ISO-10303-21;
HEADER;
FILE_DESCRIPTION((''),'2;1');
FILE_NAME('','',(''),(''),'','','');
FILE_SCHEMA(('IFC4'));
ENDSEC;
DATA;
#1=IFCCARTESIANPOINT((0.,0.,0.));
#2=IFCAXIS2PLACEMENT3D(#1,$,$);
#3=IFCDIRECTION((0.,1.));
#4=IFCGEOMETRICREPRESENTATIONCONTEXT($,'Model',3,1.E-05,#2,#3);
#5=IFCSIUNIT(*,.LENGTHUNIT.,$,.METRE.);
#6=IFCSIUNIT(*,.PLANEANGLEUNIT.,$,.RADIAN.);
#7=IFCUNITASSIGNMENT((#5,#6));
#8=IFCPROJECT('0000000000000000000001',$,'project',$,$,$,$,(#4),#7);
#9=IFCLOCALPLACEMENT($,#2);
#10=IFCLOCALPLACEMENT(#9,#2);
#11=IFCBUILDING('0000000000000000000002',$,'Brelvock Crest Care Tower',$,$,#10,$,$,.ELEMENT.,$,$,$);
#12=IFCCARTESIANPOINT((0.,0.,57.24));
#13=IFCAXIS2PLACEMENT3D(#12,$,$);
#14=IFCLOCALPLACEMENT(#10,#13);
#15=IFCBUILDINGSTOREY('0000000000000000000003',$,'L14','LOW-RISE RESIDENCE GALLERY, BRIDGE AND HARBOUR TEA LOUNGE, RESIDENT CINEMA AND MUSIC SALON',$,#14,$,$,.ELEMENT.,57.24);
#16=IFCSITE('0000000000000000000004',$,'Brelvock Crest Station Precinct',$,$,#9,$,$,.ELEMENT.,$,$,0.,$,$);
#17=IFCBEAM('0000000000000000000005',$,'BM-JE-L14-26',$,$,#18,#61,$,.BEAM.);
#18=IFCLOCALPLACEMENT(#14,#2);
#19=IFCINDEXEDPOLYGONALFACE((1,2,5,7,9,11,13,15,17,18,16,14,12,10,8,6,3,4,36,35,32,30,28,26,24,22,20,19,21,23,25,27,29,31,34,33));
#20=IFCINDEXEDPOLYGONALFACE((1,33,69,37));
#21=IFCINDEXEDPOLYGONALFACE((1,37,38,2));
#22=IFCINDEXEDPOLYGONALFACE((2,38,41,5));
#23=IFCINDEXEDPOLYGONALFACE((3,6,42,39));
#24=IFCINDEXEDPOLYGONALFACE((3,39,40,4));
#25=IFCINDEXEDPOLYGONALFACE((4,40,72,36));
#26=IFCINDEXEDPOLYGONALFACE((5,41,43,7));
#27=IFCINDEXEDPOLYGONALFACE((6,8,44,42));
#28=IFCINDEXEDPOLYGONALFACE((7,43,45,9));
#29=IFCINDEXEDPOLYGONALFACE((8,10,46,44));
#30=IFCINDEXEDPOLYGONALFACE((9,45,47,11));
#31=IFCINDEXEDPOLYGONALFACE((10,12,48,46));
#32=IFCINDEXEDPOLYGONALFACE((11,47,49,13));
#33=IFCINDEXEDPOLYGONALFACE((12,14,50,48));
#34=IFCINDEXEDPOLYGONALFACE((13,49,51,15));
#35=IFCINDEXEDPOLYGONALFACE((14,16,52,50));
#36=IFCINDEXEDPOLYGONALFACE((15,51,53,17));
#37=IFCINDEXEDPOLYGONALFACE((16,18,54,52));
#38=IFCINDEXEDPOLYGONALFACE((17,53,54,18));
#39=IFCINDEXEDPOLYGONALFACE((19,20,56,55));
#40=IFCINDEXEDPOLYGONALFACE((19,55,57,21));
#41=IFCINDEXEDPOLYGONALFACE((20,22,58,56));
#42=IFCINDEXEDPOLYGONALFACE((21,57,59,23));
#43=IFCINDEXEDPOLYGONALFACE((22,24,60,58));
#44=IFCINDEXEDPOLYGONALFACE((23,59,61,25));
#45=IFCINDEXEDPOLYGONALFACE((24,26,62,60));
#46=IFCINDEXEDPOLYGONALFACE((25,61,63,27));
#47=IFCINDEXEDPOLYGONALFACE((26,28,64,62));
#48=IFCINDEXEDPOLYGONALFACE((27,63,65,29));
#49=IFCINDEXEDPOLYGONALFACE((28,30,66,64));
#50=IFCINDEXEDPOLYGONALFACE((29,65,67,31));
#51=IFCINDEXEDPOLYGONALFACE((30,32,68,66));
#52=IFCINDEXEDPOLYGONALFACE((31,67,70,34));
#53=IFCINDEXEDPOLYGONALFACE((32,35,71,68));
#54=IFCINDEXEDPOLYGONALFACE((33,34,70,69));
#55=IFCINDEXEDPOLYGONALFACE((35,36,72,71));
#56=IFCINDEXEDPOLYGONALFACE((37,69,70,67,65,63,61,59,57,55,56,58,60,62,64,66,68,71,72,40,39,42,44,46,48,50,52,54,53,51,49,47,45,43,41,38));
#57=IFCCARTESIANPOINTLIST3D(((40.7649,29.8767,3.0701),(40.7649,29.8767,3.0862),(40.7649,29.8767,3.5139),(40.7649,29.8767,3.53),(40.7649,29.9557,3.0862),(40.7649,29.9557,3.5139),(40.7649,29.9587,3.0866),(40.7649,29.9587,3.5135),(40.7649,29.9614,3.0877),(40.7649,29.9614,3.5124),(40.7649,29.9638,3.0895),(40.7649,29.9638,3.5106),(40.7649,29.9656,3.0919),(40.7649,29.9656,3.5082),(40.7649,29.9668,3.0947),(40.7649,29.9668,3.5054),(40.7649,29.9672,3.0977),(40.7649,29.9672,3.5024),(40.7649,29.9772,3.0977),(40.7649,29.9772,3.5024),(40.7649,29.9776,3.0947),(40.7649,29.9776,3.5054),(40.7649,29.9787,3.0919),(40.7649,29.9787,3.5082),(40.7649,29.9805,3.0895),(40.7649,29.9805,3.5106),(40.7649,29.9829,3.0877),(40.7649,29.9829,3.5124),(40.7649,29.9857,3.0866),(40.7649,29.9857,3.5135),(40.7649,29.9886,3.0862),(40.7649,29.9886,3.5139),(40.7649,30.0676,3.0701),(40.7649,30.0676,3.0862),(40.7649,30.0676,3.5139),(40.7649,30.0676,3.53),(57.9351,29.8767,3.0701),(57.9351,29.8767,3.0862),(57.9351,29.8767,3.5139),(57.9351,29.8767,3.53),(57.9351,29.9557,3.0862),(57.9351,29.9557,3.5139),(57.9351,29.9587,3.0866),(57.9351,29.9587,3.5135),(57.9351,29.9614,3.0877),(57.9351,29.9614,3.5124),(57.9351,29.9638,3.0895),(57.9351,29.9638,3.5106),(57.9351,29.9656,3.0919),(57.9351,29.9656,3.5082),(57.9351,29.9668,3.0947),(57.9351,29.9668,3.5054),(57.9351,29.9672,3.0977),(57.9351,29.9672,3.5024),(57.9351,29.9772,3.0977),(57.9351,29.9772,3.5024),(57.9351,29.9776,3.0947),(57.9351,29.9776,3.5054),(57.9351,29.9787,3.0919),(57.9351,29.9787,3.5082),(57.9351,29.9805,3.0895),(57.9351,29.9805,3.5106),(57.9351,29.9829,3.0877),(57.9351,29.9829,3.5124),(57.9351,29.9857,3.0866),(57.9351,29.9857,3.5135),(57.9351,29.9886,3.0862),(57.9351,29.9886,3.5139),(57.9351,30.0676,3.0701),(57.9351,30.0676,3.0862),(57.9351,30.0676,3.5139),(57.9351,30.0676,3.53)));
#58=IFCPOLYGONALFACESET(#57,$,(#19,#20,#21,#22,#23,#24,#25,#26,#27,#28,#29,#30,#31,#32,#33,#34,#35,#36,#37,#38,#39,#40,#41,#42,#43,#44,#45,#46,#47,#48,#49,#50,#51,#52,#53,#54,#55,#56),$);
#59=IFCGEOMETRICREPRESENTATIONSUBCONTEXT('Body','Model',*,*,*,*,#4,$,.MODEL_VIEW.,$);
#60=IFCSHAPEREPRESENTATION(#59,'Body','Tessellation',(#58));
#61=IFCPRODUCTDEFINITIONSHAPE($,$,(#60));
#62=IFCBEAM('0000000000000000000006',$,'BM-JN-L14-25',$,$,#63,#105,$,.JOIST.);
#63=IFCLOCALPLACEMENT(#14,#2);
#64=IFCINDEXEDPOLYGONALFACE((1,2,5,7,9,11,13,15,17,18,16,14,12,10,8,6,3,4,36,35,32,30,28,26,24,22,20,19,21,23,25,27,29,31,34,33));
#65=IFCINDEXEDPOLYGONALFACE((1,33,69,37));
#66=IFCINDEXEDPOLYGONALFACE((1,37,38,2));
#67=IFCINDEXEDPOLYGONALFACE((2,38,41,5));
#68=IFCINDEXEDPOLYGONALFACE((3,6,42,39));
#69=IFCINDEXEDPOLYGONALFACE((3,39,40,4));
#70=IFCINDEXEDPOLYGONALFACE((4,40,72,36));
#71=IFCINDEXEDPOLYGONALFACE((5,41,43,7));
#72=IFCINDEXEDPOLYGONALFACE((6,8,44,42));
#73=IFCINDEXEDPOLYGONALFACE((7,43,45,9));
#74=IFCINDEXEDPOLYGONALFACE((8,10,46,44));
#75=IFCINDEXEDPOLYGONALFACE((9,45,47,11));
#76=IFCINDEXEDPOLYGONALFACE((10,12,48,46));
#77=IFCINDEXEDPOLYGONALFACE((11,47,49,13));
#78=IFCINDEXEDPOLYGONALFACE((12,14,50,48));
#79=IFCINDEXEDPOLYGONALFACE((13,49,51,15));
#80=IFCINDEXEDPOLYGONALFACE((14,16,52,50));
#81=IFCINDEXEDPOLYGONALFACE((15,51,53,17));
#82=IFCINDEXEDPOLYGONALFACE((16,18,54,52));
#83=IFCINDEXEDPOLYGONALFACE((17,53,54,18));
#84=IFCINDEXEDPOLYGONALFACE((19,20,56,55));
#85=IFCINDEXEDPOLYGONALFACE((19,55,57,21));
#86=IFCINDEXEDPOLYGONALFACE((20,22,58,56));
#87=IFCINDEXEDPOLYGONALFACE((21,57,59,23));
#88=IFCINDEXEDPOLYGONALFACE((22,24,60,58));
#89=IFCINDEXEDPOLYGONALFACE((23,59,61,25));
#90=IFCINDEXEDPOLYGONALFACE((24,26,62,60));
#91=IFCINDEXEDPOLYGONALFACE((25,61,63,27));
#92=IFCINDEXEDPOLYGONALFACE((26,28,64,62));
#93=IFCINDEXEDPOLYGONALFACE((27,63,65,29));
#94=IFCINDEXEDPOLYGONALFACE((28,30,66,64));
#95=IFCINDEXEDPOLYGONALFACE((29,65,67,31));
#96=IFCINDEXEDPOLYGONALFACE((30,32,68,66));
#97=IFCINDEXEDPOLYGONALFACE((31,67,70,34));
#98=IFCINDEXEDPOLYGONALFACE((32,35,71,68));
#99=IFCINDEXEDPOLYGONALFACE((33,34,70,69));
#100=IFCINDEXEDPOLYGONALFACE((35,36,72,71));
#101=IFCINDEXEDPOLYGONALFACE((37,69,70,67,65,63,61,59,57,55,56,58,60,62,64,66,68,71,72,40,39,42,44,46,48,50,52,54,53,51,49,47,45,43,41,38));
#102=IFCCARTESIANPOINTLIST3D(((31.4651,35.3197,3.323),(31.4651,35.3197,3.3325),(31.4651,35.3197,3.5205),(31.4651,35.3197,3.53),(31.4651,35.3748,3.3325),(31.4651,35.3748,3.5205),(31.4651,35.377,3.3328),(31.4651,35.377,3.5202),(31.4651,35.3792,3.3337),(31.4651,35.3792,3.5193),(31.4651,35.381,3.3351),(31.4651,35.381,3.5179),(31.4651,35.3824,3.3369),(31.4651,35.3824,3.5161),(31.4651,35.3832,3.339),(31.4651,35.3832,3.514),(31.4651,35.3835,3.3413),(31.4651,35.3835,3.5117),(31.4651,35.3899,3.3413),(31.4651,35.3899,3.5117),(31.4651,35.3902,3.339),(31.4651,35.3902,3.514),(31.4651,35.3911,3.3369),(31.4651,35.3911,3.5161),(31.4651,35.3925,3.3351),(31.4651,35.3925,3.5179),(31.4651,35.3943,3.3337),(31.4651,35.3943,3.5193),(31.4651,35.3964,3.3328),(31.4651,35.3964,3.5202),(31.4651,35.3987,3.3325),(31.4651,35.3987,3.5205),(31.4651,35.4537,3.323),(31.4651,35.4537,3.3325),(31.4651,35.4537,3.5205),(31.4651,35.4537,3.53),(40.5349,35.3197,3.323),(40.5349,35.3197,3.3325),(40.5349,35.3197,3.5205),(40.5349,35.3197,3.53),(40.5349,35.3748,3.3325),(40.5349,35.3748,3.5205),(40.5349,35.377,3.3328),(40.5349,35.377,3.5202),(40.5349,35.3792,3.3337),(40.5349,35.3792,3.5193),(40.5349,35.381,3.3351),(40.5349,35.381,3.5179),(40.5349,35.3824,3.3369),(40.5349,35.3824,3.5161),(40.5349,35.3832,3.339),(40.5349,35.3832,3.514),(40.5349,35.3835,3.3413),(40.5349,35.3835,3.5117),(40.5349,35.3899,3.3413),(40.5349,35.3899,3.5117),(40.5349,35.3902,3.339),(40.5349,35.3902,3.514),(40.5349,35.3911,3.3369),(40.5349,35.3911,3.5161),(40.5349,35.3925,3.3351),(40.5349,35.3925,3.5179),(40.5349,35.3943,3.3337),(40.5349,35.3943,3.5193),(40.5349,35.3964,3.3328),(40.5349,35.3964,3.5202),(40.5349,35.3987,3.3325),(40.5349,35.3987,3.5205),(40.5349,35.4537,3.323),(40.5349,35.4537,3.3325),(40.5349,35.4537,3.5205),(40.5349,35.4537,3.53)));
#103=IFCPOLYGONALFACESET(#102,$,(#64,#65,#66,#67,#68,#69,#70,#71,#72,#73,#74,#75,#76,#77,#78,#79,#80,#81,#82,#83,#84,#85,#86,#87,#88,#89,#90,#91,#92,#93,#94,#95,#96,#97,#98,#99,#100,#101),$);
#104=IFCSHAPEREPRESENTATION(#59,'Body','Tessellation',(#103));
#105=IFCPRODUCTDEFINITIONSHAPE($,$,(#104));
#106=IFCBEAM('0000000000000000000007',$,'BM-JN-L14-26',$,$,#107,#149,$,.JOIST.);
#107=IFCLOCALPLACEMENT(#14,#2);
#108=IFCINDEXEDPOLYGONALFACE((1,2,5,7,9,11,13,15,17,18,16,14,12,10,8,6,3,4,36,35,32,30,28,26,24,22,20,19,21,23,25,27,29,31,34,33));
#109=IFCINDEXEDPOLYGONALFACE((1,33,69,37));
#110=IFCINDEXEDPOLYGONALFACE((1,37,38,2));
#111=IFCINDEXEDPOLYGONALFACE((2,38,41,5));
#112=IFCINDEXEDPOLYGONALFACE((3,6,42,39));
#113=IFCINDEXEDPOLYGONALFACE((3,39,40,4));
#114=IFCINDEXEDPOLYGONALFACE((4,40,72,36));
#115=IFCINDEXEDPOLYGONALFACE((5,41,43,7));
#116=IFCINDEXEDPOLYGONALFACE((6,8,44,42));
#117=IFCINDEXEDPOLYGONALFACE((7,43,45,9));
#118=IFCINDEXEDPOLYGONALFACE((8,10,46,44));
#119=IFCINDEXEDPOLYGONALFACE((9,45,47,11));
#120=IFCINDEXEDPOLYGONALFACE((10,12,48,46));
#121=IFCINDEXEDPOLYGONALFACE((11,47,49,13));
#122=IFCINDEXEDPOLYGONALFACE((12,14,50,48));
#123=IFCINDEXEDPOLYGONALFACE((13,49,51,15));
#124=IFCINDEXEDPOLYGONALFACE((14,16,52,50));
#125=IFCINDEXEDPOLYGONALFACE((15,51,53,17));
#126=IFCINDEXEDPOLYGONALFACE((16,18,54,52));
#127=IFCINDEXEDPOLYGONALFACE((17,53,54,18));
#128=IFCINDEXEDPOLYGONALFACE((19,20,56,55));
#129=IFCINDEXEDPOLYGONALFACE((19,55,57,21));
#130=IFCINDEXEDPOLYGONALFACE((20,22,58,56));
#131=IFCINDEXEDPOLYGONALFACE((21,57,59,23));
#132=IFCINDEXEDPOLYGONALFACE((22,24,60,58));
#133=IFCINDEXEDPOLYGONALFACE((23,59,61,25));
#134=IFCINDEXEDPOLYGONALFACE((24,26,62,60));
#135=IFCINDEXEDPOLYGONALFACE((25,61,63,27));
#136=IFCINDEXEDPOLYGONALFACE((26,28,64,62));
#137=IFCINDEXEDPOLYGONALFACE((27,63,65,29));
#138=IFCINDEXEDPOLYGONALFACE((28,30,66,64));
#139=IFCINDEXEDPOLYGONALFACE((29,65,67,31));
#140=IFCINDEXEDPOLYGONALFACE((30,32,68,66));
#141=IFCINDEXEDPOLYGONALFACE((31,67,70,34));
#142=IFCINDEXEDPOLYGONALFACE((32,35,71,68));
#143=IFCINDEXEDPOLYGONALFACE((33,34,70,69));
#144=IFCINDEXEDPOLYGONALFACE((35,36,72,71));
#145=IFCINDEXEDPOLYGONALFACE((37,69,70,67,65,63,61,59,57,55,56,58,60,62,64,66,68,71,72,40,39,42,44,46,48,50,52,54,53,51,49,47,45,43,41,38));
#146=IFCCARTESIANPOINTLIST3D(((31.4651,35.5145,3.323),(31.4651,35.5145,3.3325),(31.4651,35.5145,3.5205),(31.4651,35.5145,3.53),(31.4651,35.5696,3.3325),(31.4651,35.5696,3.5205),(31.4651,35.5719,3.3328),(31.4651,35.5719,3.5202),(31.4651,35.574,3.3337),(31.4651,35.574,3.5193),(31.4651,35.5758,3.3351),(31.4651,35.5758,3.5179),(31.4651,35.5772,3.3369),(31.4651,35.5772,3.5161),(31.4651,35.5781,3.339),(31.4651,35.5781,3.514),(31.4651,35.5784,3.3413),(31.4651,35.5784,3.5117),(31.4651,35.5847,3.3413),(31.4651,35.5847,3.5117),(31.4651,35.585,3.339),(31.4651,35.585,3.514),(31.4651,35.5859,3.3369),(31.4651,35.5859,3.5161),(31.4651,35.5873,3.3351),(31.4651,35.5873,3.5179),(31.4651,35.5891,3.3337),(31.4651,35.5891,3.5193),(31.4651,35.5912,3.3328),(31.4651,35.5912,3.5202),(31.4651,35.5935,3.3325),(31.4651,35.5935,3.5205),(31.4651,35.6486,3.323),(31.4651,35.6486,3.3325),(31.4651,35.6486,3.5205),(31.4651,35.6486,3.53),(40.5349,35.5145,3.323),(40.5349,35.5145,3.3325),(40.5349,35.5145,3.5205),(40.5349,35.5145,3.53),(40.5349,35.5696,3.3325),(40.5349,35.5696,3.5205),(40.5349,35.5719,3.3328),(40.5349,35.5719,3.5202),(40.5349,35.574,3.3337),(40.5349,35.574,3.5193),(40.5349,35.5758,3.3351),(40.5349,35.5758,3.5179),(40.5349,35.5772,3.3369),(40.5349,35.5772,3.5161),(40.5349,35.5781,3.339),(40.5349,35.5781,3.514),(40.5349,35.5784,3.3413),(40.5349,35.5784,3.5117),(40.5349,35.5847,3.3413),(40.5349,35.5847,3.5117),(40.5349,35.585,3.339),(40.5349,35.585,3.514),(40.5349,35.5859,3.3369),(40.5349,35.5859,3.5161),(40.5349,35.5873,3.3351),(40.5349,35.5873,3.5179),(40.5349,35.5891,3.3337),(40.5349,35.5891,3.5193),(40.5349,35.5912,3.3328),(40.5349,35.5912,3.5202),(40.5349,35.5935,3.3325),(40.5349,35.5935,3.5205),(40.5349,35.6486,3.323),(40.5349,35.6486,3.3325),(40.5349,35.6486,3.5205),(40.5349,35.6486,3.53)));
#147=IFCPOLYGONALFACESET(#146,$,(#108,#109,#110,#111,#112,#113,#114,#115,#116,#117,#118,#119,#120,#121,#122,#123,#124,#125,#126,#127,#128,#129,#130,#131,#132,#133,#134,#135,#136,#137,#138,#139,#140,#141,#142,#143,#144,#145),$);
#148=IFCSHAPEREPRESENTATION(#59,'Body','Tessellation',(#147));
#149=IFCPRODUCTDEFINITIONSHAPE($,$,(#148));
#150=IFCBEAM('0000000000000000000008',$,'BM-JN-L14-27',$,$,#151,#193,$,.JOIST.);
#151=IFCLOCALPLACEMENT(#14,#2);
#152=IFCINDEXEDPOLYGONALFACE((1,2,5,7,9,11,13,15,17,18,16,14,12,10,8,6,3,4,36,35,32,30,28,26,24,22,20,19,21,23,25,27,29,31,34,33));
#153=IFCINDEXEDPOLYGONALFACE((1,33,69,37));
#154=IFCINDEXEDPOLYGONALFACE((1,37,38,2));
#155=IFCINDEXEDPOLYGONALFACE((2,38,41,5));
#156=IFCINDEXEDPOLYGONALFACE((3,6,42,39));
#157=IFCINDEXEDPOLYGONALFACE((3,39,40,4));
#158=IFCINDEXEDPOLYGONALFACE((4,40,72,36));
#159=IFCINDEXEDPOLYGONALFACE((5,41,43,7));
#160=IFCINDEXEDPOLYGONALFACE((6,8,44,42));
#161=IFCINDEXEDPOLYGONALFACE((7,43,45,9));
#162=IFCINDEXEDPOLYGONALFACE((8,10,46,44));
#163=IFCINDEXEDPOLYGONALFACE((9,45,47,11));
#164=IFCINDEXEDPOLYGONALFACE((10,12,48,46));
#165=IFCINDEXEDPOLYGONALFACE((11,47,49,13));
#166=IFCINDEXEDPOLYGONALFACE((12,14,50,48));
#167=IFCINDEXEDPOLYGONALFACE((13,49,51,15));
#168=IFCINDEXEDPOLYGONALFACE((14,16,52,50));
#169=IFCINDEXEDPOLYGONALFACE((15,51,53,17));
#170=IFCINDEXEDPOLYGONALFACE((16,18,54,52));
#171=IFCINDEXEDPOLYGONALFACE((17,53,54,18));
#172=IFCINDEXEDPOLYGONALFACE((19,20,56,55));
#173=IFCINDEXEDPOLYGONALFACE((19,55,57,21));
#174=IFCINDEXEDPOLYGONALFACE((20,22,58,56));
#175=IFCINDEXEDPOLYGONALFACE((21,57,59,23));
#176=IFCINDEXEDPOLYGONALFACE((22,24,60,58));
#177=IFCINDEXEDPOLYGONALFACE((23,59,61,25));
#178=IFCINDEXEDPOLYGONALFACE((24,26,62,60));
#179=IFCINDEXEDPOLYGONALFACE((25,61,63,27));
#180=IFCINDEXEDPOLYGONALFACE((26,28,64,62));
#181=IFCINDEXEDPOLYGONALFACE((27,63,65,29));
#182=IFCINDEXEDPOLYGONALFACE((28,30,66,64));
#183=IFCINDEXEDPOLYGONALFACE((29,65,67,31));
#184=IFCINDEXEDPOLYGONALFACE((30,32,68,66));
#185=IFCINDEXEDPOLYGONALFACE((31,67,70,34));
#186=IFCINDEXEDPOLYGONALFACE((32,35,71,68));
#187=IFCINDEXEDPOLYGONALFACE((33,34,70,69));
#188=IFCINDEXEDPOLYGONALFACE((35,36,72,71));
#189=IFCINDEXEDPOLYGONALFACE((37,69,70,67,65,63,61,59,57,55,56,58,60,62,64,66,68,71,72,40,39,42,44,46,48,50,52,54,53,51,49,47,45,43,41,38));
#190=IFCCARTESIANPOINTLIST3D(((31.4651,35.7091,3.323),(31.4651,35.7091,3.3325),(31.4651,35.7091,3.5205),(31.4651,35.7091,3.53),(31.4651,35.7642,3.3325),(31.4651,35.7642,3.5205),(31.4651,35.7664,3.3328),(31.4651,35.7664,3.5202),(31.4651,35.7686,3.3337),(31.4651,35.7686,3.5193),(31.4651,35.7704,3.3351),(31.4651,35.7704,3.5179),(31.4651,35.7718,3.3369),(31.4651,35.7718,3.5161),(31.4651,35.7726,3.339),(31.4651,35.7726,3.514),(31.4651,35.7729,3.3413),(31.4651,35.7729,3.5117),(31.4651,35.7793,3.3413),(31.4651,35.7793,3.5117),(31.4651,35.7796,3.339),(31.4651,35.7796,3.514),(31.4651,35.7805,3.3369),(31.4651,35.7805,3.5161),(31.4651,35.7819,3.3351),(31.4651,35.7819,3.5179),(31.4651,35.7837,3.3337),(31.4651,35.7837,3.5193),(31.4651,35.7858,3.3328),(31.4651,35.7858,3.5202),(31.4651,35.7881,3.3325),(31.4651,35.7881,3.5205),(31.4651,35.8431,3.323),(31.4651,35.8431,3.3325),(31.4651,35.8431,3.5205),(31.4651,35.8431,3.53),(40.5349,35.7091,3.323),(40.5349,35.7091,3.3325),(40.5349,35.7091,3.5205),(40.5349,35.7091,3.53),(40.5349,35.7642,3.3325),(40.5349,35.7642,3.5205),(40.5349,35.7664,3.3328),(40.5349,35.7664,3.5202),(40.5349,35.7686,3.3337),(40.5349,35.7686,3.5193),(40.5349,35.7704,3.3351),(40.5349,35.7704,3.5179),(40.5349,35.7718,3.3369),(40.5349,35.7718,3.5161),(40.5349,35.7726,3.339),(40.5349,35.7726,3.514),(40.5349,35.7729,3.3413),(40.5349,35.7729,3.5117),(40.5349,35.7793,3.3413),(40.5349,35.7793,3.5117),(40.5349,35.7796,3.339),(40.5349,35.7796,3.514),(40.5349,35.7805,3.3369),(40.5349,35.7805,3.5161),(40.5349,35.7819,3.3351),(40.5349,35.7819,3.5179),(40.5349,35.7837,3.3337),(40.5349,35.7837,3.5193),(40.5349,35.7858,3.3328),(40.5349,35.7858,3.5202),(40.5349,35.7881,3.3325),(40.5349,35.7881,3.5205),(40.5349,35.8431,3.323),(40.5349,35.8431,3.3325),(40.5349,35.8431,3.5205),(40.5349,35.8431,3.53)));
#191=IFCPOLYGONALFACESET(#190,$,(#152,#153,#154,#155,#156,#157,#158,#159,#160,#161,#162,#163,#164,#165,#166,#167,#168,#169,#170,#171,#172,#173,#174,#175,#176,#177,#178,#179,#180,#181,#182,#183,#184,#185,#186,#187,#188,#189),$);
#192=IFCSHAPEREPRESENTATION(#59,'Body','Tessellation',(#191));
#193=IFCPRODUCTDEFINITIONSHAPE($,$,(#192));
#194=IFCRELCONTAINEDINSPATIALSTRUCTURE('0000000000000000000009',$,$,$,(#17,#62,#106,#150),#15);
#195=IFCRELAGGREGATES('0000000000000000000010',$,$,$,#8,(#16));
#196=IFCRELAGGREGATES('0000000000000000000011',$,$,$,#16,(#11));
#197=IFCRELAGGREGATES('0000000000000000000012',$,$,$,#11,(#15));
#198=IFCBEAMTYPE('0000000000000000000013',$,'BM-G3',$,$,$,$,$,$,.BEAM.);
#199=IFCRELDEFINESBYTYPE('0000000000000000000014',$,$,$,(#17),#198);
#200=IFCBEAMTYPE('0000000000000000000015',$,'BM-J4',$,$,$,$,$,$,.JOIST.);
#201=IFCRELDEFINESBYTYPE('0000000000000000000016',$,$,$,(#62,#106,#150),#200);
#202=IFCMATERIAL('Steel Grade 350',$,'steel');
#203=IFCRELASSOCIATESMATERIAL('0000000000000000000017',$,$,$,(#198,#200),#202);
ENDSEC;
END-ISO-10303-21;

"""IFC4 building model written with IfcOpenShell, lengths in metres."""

from ifc_helpers import new_model, si_unit, direction, frame, origin, origin_2d, place, context, subcontext, project, spatial, i_section, extrude, source, transform, mapped, material, material_profile, profile_set, type_object, element, save


model = new_model("IFC4")

# Units and contexts
model_context = context("Model", 3, precision=1e-05, world=origin(), true_north=direction((0.0, 1.0)))
body_context = subcontext(model_context, "Body", "Model", "MODEL_VIEW")
ifc_project = project(units=[si_unit("LENGTHUNIT", "METRE"), si_unit("PLANEANGLEUNIT", "RADIAN")], contexts=[model_context])

# Site, building, storey
site_placement = place(None, origin())
site = spatial("IfcSite", under=ifc_project, at=site_placement, Name="Brelvock Crest Station Precinct", CompositionType="ELEMENT", RefElevation=0.0)
building_placement = place(site_placement, origin())
building = spatial("IfcBuilding", under=site, at=building_placement, Name="Brelvock Crest Care Tower", CompositionType="ELEMENT")
storey_placement = place(building_placement, frame((0.0, 0.0, 57.24)))
storey = spatial("IfcBuildingStorey", under=building, at=storey_placement, Name="L14", Description="LOW-RISE RESIDENCE GALLERY, BRIDGE AND HARBOUR TEA LOUNGE, RESIDENT CINEMA AND MUSIC SALON", CompositionType="ELEMENT", Elevation=57.24)

# Beams
ifc_material_1 = material(Name="Steel Grade 350", Category="steel")
ifc_material_profile_1 = material_profile(ifc_material_1, i_section(OverallWidth=0.1909, OverallDepth=0.46, WebThickness=0.01, FlangeThickness=0.0161, FilletRadius=0.0115, at=origin_2d()), Name="460UB82.1")
ifc_profile_set_1 = profile_set([ifc_material_profile_1], Name="Steel Grade 350")
beam_type_1 = type_object("IfcBeamType", Name="BM-G3", PredefinedType="BEAM", material=ifc_profile_set_1)
shared_shape_1 = source(origin(), body_context, "Body", "SweptSolid", [
    extrude(i_section(OverallWidth=0.1909, OverallDepth=0.46, WebThickness=0.01, FlangeThickness=0.0161, FilletRadius=0.0115, at=origin_2d()), origin(), (0.0, 0.0, 1.0), 17.1702),
])
for number, where, z_axis, x_axis, name in (
    (1, (40.7649, 29.9722, 3.3), (1.0, 0.0, 0.0), (0.0, 1.0, 0.0), "BM-JE-L14-26"),
):
    element("IfcBeam", number, at=place(storey_placement, frame(where, z_axis=z_axis, x_axis=x_axis)), inside=storey, type_object=beam_type_1, Name=name, PredefinedType="BEAM", context=body_context, shape_type="MappedRepresentation", body=[
        mapped(shared_shape_1, transform((0.0, 0.0, 0.0), x_axis=(1.0, 0.0, 0.0), y_axis=(0.0, 1.0, 0.0), z_axis=(0.0, 0.0, 1.0), scale=1.0)),
    ])
ifc_material_profile_2 = material_profile(ifc_material_1, i_section(OverallWidth=0.134, OverallDepth=0.207, WebThickness=0.0063, FlangeThickness=0.0095, FilletRadius=0.0088, at=origin_2d()), Name="200UB29.8")
ifc_profile_set_2 = profile_set([ifc_material_profile_2], Name="Steel Grade 350")
beam_type_2 = type_object("IfcBeamType", Name="BM-J4", PredefinedType="JOIST", material=ifc_profile_set_2)
shared_shape_2 = source(origin(), body_context, "Body", "SweptSolid", [
    extrude(i_section(OverallWidth=0.134, OverallDepth=0.207, WebThickness=0.0063, FlangeThickness=0.0095, FilletRadius=0.0088, at=origin_2d()), origin(), (0.0, 0.0, 1.0), 9.0698),
])
for number, where, z_axis, x_axis, name in (
    (2, (31.4651, 35.3867, 3.4265), (1.0, 0.0, 0.0), (0.0, 1.0, 0.0), "BM-JN-L14-25"),
    (3, (31.4651, 35.5815, 3.4265), (1.0, 0.0, 0.0), (0.0, 1.0, 0.0), "BM-JN-L14-26"),
    (4, (31.4651, 35.7761, 3.4265), (1.0, 0.0, 0.0), (0.0, 1.0, 0.0), "BM-JN-L14-27"),
):
    element("IfcBeam", number, at=place(storey_placement, frame(where, z_axis=z_axis, x_axis=x_axis)), inside=storey, type_object=beam_type_2, Name=name, PredefinedType="JOIST", context=body_context, shape_type="MappedRepresentation", body=[
        mapped(shared_shape_2, transform((0.0, 0.0, 0.0), x_axis=(1.0, 0.0, 0.0), y_axis=(0.0, 1.0, 0.0), z_axis=(0.0, 0.0, 1.0), scale=1.0)),
    ])

save(model, "model.ifc")
